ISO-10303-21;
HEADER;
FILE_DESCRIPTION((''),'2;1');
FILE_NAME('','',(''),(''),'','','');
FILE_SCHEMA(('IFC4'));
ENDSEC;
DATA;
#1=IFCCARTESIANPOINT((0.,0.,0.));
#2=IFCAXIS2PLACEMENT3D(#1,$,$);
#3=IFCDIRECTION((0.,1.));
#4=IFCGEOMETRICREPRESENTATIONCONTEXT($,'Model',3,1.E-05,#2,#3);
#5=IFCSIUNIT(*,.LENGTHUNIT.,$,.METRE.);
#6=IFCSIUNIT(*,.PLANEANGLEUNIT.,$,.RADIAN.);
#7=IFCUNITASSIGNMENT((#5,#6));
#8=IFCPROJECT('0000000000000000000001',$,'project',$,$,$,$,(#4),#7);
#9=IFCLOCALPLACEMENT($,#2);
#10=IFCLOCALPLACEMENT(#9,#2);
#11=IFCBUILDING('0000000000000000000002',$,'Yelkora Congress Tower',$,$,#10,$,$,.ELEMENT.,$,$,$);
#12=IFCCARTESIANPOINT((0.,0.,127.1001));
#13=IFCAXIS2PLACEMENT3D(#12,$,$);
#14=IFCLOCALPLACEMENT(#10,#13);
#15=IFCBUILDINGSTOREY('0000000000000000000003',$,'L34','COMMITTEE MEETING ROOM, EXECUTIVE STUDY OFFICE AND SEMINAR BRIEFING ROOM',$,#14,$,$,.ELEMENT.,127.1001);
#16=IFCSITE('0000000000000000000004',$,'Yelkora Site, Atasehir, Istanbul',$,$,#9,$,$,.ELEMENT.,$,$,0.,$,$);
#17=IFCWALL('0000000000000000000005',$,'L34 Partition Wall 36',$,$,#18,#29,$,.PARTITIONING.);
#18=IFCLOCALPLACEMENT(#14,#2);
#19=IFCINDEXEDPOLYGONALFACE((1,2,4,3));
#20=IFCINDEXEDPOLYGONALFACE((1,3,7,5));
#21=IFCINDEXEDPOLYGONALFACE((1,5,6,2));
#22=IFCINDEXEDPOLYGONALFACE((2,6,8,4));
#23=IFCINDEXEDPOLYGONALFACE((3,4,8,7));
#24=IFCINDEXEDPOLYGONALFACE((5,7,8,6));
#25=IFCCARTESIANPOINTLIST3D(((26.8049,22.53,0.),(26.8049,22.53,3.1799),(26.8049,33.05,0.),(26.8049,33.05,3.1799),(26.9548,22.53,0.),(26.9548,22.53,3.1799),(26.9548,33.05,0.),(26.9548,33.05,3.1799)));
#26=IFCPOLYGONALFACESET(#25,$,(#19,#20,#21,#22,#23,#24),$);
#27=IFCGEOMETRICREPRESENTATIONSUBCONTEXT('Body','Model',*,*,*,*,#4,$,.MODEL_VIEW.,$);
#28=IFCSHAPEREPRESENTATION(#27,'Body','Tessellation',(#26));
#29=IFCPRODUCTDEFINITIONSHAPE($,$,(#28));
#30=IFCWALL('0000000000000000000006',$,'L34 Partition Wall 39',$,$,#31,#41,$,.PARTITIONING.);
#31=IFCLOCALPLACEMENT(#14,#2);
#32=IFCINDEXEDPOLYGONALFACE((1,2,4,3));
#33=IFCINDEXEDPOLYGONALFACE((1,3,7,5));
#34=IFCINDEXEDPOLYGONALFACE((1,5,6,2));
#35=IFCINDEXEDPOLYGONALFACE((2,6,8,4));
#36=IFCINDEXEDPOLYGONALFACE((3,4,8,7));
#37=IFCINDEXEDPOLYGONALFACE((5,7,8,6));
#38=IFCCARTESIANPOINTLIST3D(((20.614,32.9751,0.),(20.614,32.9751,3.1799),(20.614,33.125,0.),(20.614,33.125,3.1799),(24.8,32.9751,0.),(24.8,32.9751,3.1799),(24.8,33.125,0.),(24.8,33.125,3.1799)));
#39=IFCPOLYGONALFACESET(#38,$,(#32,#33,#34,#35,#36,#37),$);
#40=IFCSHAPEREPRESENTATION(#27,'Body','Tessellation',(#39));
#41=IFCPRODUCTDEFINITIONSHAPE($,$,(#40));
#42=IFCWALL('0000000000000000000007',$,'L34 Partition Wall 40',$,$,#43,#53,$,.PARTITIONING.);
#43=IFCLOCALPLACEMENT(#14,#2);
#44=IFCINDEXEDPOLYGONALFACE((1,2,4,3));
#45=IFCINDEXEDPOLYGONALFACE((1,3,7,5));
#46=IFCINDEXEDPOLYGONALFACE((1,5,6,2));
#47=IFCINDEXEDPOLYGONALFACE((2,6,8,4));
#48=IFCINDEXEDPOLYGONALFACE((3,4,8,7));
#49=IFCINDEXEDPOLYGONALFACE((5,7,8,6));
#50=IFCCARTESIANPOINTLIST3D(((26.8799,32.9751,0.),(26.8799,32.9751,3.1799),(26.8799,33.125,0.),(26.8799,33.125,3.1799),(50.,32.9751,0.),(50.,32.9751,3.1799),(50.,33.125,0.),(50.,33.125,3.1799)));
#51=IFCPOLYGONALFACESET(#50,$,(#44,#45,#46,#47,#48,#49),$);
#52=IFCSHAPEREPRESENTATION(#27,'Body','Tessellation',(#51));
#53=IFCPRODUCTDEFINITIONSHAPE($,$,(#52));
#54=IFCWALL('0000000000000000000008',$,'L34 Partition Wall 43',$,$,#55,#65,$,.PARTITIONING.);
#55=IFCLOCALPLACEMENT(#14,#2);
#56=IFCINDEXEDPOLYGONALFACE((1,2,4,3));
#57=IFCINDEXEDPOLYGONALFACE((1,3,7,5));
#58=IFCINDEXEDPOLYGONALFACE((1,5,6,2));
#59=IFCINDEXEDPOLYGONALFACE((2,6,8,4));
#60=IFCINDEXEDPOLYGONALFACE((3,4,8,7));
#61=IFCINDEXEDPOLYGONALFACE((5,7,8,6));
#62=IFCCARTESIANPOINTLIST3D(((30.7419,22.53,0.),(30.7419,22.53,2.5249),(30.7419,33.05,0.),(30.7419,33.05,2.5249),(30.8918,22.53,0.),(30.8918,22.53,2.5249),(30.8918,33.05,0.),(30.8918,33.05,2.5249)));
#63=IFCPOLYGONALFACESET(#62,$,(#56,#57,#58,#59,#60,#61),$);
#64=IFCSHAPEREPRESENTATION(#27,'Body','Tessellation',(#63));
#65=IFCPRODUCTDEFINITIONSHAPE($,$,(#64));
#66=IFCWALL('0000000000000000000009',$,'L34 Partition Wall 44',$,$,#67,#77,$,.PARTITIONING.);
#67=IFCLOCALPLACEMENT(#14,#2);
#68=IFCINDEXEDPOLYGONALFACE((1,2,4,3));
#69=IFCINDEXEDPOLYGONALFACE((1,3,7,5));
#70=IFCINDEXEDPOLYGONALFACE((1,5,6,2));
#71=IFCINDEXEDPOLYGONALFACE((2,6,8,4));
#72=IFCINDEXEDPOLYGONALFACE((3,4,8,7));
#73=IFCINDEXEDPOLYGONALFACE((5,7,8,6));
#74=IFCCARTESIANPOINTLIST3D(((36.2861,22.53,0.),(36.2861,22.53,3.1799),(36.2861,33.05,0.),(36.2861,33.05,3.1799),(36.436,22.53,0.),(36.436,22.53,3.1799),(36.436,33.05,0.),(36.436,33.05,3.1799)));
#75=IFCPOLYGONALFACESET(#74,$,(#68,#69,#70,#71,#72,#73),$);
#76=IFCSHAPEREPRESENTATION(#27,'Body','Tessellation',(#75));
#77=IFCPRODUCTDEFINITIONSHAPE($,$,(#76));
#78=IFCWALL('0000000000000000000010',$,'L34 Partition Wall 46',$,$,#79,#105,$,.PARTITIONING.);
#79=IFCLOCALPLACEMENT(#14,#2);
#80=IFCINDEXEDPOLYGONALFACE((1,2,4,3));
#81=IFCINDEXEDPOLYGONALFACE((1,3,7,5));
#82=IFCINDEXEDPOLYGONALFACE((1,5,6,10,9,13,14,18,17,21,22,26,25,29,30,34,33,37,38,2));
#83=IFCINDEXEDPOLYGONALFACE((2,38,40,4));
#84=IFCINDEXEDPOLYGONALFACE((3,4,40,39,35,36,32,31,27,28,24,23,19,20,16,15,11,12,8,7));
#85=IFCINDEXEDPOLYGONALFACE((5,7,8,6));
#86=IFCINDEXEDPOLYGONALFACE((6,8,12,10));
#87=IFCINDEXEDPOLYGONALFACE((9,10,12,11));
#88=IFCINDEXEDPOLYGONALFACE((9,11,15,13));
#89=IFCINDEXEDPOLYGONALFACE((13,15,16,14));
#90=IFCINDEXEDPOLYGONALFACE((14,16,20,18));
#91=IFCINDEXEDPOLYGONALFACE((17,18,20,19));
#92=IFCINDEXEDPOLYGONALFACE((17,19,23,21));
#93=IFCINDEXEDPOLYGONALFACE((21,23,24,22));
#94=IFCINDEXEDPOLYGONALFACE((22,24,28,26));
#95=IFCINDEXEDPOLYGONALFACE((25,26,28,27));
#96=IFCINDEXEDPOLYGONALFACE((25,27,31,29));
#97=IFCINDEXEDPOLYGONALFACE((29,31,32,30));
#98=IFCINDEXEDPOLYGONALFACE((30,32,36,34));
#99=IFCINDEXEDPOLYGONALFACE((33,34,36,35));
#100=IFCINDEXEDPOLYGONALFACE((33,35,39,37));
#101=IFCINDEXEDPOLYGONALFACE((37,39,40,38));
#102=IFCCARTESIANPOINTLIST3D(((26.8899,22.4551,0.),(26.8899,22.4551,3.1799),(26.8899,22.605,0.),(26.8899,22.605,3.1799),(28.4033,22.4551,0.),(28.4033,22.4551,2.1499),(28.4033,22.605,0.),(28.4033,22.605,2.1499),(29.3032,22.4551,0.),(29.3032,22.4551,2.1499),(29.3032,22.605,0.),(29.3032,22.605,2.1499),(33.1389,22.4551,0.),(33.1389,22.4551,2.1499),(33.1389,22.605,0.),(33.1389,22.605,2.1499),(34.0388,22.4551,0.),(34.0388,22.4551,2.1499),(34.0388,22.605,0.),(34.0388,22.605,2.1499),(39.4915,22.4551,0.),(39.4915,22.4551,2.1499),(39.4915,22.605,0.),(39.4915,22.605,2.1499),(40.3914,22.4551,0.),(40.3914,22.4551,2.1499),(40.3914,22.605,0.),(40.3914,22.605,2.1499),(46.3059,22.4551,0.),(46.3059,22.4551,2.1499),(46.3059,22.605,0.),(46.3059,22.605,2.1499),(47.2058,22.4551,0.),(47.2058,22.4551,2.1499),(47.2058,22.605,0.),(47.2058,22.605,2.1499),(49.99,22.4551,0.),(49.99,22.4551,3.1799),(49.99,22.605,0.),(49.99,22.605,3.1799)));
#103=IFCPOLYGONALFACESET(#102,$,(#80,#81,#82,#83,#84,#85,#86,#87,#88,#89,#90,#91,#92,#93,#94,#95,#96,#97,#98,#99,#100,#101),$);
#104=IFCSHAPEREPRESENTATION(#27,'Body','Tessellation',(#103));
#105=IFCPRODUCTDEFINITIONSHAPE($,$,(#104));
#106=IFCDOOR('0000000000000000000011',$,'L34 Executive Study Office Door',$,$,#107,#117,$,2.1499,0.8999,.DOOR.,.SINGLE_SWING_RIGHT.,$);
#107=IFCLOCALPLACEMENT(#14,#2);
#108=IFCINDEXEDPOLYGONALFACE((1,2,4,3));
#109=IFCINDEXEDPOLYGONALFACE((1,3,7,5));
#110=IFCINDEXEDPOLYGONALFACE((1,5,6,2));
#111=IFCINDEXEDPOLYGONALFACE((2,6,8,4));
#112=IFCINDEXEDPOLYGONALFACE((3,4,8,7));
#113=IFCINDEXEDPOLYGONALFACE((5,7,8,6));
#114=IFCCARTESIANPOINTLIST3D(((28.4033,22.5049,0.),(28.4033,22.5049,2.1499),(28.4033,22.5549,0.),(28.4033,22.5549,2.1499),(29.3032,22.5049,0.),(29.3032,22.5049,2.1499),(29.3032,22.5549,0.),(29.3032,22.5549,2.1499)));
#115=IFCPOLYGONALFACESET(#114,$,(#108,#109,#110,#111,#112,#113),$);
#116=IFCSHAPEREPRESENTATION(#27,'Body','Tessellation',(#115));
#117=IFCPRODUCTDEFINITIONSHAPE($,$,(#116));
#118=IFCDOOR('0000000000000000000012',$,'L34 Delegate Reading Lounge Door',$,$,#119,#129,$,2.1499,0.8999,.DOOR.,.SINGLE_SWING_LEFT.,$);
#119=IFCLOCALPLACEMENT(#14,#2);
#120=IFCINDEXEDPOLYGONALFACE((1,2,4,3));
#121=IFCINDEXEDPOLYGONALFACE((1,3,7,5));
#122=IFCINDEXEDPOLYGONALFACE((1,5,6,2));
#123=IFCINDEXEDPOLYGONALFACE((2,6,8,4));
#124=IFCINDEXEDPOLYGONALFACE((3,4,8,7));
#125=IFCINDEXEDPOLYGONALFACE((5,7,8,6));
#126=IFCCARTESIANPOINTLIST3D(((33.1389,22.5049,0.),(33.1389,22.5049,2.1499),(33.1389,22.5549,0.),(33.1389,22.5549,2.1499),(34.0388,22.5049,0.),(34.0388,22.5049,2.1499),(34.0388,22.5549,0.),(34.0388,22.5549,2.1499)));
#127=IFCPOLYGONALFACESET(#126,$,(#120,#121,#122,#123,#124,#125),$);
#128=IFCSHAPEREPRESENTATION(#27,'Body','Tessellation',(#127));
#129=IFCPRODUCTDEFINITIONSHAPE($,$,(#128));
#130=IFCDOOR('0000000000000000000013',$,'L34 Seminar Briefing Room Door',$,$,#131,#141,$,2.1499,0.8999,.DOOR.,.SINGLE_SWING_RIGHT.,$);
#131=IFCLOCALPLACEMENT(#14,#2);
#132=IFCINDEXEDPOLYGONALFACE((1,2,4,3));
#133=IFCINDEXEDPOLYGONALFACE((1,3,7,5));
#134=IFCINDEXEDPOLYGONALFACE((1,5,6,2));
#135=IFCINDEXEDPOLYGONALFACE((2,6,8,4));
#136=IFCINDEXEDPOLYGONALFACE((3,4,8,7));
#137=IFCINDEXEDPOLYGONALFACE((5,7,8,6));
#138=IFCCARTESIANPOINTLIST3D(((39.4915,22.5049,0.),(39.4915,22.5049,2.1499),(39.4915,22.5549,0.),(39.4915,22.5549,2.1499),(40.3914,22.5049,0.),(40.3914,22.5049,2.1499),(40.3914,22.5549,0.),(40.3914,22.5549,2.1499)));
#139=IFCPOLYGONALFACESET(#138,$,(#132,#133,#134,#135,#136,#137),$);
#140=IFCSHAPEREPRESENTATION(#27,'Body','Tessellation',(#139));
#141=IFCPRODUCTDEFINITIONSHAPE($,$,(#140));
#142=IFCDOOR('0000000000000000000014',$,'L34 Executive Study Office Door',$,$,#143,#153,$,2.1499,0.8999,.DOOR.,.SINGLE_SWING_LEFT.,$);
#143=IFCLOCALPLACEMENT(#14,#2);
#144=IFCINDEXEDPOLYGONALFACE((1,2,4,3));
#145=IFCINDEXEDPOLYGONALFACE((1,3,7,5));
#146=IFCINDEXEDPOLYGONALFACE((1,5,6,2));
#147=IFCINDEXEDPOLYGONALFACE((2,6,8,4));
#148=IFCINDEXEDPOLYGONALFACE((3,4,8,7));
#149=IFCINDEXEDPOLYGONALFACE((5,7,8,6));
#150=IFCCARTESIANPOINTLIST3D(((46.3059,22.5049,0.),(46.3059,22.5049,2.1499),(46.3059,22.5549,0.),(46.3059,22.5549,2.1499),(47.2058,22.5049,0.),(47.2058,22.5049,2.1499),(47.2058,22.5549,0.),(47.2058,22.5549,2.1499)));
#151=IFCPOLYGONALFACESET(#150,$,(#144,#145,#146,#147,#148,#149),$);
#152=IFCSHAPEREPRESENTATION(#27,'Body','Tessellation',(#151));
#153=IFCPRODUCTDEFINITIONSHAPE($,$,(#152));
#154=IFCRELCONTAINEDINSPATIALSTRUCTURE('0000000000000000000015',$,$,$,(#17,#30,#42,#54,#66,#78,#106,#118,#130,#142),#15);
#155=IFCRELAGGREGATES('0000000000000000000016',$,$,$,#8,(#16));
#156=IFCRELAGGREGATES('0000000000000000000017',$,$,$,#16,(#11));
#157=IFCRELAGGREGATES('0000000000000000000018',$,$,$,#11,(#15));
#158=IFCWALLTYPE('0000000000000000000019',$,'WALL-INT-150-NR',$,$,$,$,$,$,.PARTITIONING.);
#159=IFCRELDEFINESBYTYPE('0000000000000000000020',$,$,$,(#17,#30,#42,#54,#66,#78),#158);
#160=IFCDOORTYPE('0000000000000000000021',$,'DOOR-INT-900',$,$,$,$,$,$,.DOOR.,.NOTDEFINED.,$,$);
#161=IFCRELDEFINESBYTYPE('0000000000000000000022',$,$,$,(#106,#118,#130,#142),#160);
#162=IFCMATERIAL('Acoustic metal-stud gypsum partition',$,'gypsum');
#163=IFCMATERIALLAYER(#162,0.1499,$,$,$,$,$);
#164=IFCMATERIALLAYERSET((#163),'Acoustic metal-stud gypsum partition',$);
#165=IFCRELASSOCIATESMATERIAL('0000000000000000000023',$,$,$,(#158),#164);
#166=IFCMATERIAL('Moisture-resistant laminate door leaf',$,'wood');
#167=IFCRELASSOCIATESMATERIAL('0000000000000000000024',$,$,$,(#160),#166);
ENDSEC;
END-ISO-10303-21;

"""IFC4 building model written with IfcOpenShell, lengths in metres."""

from ifc_helpers import new_model, si_unit, direction, frame, frame_2d, origin, place, context, subcontext, project, spatial, rectangle, extrude, material, layer, layer_set, type_object, element, fill, save


model = new_model("IFC4")

# Units and contexts
model_context = context("Model", 3, precision=1e-05, world=origin(), true_north=direction((0.0, 1.0)))
body_context = subcontext(model_context, "Body", "Model", "MODEL_VIEW")
ifc_project = project(units=[si_unit("LENGTHUNIT", "METRE"), si_unit("PLANEANGLEUNIT", "RADIAN")], contexts=[model_context])

# Site, building, storey
site_placement = place(None, origin())
site = spatial("IfcSite", under=ifc_project, at=site_placement, Name="Yelkora Site, Atasehir, Istanbul", CompositionType="ELEMENT", RefElevation=0.0)
building_placement = place(site_placement, origin())
building = spatial("IfcBuilding", under=site, at=building_placement, Name="Yelkora Congress Tower", CompositionType="ELEMENT")
storey_placement = place(building_placement, frame((0.0, 0.0, 127.1001)))
storey = spatial("IfcBuildingStorey", under=building, at=storey_placement, Name="L34", Description="COMMITTEE MEETING ROOM, EXECUTIVE STUDY OFFICE AND SEMINAR BRIEFING ROOM", CompositionType="ELEMENT", Elevation=127.1001)

# Shared definitions
ifc_material_1 = material(Name="Acoustic metal-stud gypsum partition", Category="gypsum")
ifc_layer = layer(ifc_material_1, 0.1499)
ifc_layer_set = layer_set([ifc_layer], Name="Acoustic metal-stud gypsum partition")
wall_type = type_object("IfcWallType", Name="WALL-INT-150-NR", PredefinedType="PARTITIONING", material=ifc_layer_set)
ifc_material_2 = material(Name="Moisture-resistant laminate door leaf", Category="wood")
door_type = type_object("IfcDoorType", Name="DOOR-INT-900", OperationType="NOTDEFINED", PredefinedType="DOOR", material=ifc_material_2)

# Walls
for number, where, z_axis, x_axis, name in (
    (1, (26.8799, 22.53, 0.0), (0.0, 0.0, 1.0), (0.0, 1.0, 0.0), "L34 Partition Wall 36"),
):
    element("IfcWall", number, at=place(storey_placement, frame(where, z_axis=z_axis, x_axis=x_axis)), inside=storey, type_object=wall_type, Name=name, PredefinedType="PARTITIONING", context=body_context, shape_type="SweptSolid", body=[
        extrude(rectangle(XDim=10.52, YDim=0.1499, at=frame_2d((5.26, 0.0))), origin(), (0.0, 0.0, 1.0), 3.1799),
    ])
wall_1_placement = place(storey_placement, frame((20.614, 33.05, 0.0), z_axis=(0.0, 0.0, 1.0), x_axis=(1.0, 0.0, 0.0)))
element("IfcWall", 2, at=wall_1_placement, inside=storey, type_object=wall_type, Name="L34 Partition Wall 39", PredefinedType="PARTITIONING", context=body_context, shape_type="SweptSolid", body=[
    extrude(rectangle(XDim=4.186, YDim=0.1499, at=frame_2d((2.093, 0.0))), origin(), (0.0, 0.0, 1.0), 3.1799),
])
wall_2_placement = place(storey_placement, frame((26.8799, 33.05, 0.0), z_axis=(0.0, 0.0, 1.0), x_axis=(1.0, 0.0, 0.0)))
element("IfcWall", 3, at=wall_2_placement, inside=storey, type_object=wall_type, Name="L34 Partition Wall 40", PredefinedType="PARTITIONING", context=body_context, shape_type="SweptSolid", body=[
    extrude(rectangle(XDim=23.1201, YDim=0.1499, at=frame_2d((11.5601, 0.0))), origin(), (0.0, 0.0, 1.0), 3.1799),
])

# Walls
wall_3_placement = place(storey_placement, frame((30.8169, 22.53, 0.0), z_axis=(0.0, 0.0, 1.0), x_axis=(0.0, 1.0, 0.0)))
element("IfcWall", 4, at=wall_3_placement, inside=storey, type_object=wall_type, Name="L34 Partition Wall 43", PredefinedType="PARTITIONING", context=body_context, shape_type="SweptSolid", body=[
    extrude(rectangle(XDim=10.52, YDim=0.1499, at=frame_2d((5.26, 0.0))), origin(), (0.0, 0.0, 1.0), 2.5249),
])
wall_4_placement = place(storey_placement, frame((36.3611, 22.53, 0.0), z_axis=(0.0, 0.0, 1.0), x_axis=(0.0, 1.0, 0.0)))
element("IfcWall", 5, at=wall_4_placement, inside=storey, type_object=wall_type, Name="L34 Partition Wall 44", PredefinedType="PARTITIONING", context=body_context, shape_type="SweptSolid", body=[
    extrude(rectangle(XDim=10.52, YDim=0.1499, at=frame_2d((5.26, 0.0))), origin(), (0.0, 0.0, 1.0), 3.1799),
])

# Wall, openings, doors
wall_5_placement = place(storey_placement, frame((26.8899, 22.53, 0.0), z_axis=(0.0, 0.0, 1.0), x_axis=(1.0, 0.0, 0.0)))
wall_5 = element("IfcWall", 6, at=wall_5_placement, inside=storey, type_object=wall_type, Name="L34 Partition Wall 46", PredefinedType="PARTITIONING", context=body_context, shape_type="SweptSolid", body=[
    extrude(rectangle(XDim=23.1001, YDim=0.1499, at=frame_2d((11.55, 0.0))), origin(), (0.0, 0.0, 1.0), 3.1799),
])
opening_1_placement = place(wall_5_placement, frame((1.5134, 0.0, 0.0)))
opening_1 = element("IfcOpeningElement", 7, at=opening_1_placement, cuts=wall_5, PredefinedType="OPENING", context=body_context, shape_type="SweptSolid", body=[
    extrude(rectangle(XDim=0.8999, YDim=2.1499, at=frame_2d((0.45, 1.075))), frame((0.0, 0.085, 0.0), z_axis=(0.0, -1.0, 0.0), x_axis=(1.0, 0.0, 0.0)), (0.0, 0.0, 1.0), 0.1699),
])
opening_2_placement = place(wall_5_placement, frame((6.249, 0.0, 0.0)))
opening_2 = element("IfcOpeningElement", 8, at=opening_2_placement, cuts=wall_5, PredefinedType="OPENING", context=body_context, shape_type="SweptSolid", body=[
    extrude(rectangle(XDim=0.8999, YDim=2.1499, at=frame_2d((0.45, 1.075))), frame((0.0, 0.085, 0.0), z_axis=(0.0, -1.0, 0.0), x_axis=(1.0, 0.0, 0.0)), (0.0, 0.0, 1.0), 0.1699),
])
opening_3_placement = place(wall_5_placement, frame((12.6016, 0.0, 0.0)))
opening_3 = element("IfcOpeningElement", 9, at=opening_3_placement, cuts=wall_5, PredefinedType="OPENING", context=body_context, shape_type="SweptSolid", body=[
    extrude(rectangle(XDim=0.8999, YDim=2.1499, at=frame_2d((0.45, 1.075))), frame((0.0, 0.085, 0.0), z_axis=(0.0, -1.0, 0.0), x_axis=(1.0, 0.0, 0.0)), (0.0, 0.0, 1.0), 0.1699),
])
opening_4_placement = place(wall_5_placement, frame((19.416, 0.0, 0.0)))
opening_4 = element("IfcOpeningElement", 10, at=opening_4_placement, cuts=wall_5, PredefinedType="OPENING", context=body_context, shape_type="SweptSolid", body=[
    extrude(rectangle(XDim=0.8999, YDim=2.1499, at=frame_2d((0.45, 1.075))), frame((0.0, 0.085, 0.0), z_axis=(0.0, -1.0, 0.0), x_axis=(1.0, 0.0, 0.0)), (0.0, 0.0, 1.0), 0.1699),
])
door_1_placement = place(opening_1_placement, origin())
door_1 = element("IfcDoor", 11, at=door_1_placement, inside=storey, type_object=door_type, Name="L34 Executive Study Office Door", OperationType="SINGLE_SWING_RIGHT", OverallHeight=2.1499, OverallWidth=0.8999, PredefinedType="DOOR", context=body_context, shape_type="SweptSolid", body=[
    extrude(rectangle(XDim=0.8999, YDim=2.1499, at=frame_2d((0.45, 1.075))), frame((0.0, 0.0249, 0.0), z_axis=(0.0, -1.0, 0.0), x_axis=(1.0, 0.0, 0.0)), (0.0, 0.0, 1.0), 0.05),
])
fill(opening_1, door_1)
door_2_placement = place(opening_2_placement, origin())
door_2 = element("IfcDoor", 12, at=door_2_placement, inside=storey, type_object=door_type, Name="L34 Delegate Reading Lounge Door", OperationType="SINGLE_SWING_LEFT", OverallHeight=2.1499, OverallWidth=0.8999, PredefinedType="DOOR", context=body_context, shape_type="SweptSolid", body=[
    extrude(rectangle(XDim=0.8999, YDim=2.1499, at=frame_2d((0.45, 1.075))), frame((0.0, 0.0249, 0.0), z_axis=(0.0, -1.0, 0.0), x_axis=(1.0, 0.0, 0.0)), (0.0, 0.0, 1.0), 0.05),
])
fill(opening_2, door_2)
door_3_placement = place(opening_3_placement, origin())
door_3 = element("IfcDoor", 13, at=door_3_placement, inside=storey, type_object=door_type, Name="L34 Seminar Briefing Room Door", OperationType="SINGLE_SWING_RIGHT", OverallHeight=2.1499, OverallWidth=0.8999, PredefinedType="DOOR", context=body_context, shape_type="SweptSolid", body=[
    extrude(rectangle(XDim=0.8999, YDim=2.1499, at=frame_2d((0.45, 1.075))), frame((0.0, 0.0249, 0.0), z_axis=(0.0, -1.0, 0.0), x_axis=(1.0, 0.0, 0.0)), (0.0, 0.0, 1.0), 0.05),
])
fill(opening_3, door_3)
door_4_placement = place(opening_4_placement, origin())
door_4 = element("IfcDoor", 14, at=door_4_placement, inside=storey, type_object=door_type, Name="L34 Executive Study Office Door", OperationType="SINGLE_SWING_LEFT", OverallHeight=2.1499, OverallWidth=0.8999, PredefinedType="DOOR", context=body_context, shape_type="SweptSolid", body=[
    extrude(rectangle(XDim=0.8999, YDim=2.1499, at=frame_2d((0.45, 1.075))), frame((0.0, 0.0249, 0.0), z_axis=(0.0, -1.0, 0.0), x_axis=(1.0, 0.0, 0.0)), (0.0, 0.0, 1.0), 0.05),
])
fill(opening_4, door_4)

save(model, "model.ifc")
